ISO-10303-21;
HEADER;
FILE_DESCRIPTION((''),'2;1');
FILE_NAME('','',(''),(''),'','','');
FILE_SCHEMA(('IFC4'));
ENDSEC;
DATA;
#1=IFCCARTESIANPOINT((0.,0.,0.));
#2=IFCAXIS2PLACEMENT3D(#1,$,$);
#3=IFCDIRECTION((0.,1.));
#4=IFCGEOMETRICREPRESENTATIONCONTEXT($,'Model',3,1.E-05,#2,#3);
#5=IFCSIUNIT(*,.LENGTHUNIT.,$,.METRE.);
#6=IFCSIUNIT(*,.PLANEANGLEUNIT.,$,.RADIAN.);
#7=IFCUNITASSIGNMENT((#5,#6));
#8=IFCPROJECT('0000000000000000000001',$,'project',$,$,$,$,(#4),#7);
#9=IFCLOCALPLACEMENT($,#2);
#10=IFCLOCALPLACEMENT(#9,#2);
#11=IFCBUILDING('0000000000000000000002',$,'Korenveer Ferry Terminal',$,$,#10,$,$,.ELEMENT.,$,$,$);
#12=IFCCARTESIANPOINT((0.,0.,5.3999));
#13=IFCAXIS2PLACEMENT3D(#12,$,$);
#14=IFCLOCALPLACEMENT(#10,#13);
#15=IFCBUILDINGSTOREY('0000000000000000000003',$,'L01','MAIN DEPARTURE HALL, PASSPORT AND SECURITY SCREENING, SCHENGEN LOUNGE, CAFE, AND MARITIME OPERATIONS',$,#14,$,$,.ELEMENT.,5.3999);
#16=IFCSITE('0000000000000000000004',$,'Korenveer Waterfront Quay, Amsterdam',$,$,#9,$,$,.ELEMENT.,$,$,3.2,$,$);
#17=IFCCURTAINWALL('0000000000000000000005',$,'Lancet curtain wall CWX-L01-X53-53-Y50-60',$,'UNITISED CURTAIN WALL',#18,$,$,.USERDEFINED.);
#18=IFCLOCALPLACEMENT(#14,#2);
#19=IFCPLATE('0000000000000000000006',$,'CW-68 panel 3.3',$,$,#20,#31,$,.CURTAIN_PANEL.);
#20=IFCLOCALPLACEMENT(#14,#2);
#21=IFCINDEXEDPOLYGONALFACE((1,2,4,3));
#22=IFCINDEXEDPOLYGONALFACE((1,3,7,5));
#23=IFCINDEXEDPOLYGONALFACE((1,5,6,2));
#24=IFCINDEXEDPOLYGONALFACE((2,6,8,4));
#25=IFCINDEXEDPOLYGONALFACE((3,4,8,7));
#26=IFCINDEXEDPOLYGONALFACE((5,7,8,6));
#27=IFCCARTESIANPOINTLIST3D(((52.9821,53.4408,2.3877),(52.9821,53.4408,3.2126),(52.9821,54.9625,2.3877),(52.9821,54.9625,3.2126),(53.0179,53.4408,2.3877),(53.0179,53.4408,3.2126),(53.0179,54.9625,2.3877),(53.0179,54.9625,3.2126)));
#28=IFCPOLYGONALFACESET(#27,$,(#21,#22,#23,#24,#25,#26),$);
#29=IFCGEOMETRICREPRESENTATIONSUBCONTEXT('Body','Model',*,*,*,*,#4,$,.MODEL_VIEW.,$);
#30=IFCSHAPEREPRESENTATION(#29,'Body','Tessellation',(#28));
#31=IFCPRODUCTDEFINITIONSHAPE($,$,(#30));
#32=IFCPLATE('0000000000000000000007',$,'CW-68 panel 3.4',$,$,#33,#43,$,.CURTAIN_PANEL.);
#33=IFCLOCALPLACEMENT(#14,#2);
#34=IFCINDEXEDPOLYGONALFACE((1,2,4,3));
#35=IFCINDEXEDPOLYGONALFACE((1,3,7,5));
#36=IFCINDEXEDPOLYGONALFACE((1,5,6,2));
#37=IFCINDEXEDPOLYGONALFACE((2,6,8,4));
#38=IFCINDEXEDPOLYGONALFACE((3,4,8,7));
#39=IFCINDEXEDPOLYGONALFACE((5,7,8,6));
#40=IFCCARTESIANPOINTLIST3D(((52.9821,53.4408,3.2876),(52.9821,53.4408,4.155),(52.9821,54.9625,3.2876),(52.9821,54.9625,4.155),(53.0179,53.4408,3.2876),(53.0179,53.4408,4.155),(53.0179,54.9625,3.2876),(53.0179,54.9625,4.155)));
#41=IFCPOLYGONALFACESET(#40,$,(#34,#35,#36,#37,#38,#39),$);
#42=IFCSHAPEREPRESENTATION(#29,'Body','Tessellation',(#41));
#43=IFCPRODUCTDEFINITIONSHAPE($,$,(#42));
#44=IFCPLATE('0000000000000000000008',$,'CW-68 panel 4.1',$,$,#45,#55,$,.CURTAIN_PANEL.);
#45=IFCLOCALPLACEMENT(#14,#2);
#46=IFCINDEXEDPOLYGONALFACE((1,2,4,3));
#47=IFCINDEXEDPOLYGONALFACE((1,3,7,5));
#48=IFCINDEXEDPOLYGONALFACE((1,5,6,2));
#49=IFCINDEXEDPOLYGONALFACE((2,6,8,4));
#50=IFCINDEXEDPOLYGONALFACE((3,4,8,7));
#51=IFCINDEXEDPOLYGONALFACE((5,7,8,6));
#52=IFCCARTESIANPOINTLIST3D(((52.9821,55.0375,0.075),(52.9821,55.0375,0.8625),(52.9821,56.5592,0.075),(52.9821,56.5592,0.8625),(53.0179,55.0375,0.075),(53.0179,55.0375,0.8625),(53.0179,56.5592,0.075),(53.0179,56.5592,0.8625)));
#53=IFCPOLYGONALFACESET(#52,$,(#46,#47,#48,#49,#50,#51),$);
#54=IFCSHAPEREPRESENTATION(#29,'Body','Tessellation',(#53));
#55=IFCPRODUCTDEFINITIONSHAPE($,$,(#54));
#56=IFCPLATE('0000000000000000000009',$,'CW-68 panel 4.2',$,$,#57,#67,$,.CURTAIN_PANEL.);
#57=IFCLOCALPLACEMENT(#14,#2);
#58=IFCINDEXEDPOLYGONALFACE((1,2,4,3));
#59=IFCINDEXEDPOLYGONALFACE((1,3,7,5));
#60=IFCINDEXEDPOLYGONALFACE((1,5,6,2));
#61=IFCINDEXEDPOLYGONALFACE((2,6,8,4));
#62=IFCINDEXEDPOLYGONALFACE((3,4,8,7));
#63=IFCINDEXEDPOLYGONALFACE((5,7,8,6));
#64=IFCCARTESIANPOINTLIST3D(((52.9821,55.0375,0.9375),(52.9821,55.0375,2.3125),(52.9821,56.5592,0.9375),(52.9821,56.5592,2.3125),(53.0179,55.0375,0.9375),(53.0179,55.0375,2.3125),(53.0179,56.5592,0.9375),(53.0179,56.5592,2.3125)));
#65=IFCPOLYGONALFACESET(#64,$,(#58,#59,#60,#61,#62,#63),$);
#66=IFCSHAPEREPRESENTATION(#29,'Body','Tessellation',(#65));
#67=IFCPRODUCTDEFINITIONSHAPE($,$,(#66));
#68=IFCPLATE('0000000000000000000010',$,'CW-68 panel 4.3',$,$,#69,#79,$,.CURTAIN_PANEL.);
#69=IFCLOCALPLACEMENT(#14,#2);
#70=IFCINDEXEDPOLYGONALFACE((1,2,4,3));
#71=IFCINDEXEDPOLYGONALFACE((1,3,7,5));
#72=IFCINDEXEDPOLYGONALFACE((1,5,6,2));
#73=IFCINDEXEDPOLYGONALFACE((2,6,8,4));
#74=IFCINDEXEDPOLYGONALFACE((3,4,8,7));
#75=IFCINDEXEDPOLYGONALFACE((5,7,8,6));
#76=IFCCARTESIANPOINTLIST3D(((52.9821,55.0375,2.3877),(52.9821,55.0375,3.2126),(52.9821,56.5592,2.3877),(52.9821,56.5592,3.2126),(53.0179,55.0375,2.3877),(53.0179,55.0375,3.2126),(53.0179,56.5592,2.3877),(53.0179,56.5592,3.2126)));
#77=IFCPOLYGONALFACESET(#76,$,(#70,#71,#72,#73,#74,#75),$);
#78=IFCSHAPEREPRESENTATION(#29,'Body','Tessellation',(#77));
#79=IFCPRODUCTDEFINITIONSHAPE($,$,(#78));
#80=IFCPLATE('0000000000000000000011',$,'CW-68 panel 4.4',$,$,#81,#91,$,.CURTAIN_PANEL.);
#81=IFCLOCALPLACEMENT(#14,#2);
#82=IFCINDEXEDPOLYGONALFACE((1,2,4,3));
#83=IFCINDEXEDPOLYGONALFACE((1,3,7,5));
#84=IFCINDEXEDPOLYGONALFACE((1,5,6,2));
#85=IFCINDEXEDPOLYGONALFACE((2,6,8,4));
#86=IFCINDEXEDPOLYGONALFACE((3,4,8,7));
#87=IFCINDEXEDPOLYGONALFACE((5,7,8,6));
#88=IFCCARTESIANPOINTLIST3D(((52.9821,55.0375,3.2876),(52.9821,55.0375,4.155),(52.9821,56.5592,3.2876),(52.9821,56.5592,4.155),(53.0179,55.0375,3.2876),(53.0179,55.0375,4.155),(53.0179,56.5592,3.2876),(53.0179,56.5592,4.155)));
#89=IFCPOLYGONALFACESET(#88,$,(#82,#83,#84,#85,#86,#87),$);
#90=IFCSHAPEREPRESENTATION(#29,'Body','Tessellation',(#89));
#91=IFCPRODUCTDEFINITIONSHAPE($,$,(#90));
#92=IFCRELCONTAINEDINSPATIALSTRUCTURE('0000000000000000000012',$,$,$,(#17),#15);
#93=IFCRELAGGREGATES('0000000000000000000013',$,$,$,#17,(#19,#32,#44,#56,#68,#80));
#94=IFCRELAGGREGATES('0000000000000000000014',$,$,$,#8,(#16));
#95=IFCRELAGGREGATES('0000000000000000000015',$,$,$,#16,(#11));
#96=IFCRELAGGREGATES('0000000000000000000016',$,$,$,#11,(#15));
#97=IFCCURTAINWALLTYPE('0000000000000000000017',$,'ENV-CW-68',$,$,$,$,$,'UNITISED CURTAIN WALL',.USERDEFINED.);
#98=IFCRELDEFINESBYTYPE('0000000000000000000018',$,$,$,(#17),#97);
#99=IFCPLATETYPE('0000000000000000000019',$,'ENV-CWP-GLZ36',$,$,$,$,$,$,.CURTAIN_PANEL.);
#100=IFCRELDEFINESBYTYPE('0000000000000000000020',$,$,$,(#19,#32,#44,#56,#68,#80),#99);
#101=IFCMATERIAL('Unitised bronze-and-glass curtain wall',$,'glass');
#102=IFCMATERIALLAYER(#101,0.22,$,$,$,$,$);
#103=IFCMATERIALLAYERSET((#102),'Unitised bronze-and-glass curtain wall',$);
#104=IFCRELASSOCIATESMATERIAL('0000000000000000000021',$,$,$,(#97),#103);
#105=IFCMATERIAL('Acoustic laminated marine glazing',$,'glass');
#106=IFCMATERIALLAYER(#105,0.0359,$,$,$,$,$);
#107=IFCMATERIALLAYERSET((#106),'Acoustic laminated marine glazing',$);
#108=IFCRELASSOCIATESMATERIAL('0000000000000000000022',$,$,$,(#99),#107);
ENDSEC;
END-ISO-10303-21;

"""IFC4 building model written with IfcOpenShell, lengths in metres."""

from ifc_helpers import new_model, si_unit, direction, frame, origin, origin_2d, place, context, subcontext, project, spatial, rectangle, extrude, material, layer, layer_set, type_object, element, aggregate, save


model = new_model("IFC4")

# Units and contexts
model_context = context("Model", 3, precision=1e-05, world=origin(), true_north=direction((0.0, 1.0)))
body_context = subcontext(model_context, "Body", "Model", "MODEL_VIEW")
ifc_project = project(units=[si_unit("LENGTHUNIT", "METRE"), si_unit("PLANEANGLEUNIT", "RADIAN")], contexts=[model_context])

# Site, building, storey
site_placement = place(None, origin())
site = spatial("IfcSite", under=ifc_project, at=site_placement, Name="Korenveer Waterfront Quay, Amsterdam", CompositionType="ELEMENT", RefElevation=3.2)
building_placement = place(site_placement, origin())
building = spatial("IfcBuilding", under=site, at=building_placement, Name="Korenveer Ferry Terminal", CompositionType="ELEMENT")
storey_placement = place(building_placement, frame((0.0, 0.0, 5.3999)))
storey = spatial("IfcBuildingStorey", under=building, at=storey_placement, Name="L01", Description="MAIN DEPARTURE HALL, PASSPORT AND SECURITY SCREENING, SCHENGEN LOUNGE, CAFE, AND MARITIME OPERATIONS", CompositionType="ELEMENT", Elevation=5.3999)

# Curtain wall, plates
ifc_material_1 = material(Name="Unitised bronze-and-glass curtain wall", Category="glass")
ifc_layer_1 = layer(ifc_material_1, 0.22)
ifc_layer_set_1 = layer_set([ifc_layer_1], Name="Unitised bronze-and-glass curtain wall")
curtain_wall_type = type_object("IfcCurtainWallType", Name="ENV-CW-68", ElementType="UNITISED CURTAIN WALL", PredefinedType="USERDEFINED", material=ifc_layer_set_1)
curtain_wall_placement = place(storey_placement, frame((53.0, 50.21, 0.0)))
curtain_wall = element("IfcCurtainWall", 1, at=curtain_wall_placement, inside=storey, type_object=curtain_wall_type, Name="Lancet curtain wall CWX-L01-X53-53-Y50-60", ObjectType="UNITISED CURTAIN WALL", PredefinedType="USERDEFINED")
ifc_material_2 = material(Name="Acoustic laminated marine glazing", Category="glass")
ifc_layer_2 = layer(ifc_material_2, 0.0359)
ifc_layer_set_2 = layer_set([ifc_layer_2], Name="Acoustic laminated marine glazing")
plate_type = type_object("IfcPlateType", Name="ENV-CWP-GLZ36", PredefinedType="CURTAIN_PANEL", material=ifc_layer_set_2)
plate_1_placement = place(storey_placement, frame((53.0, 54.2017, 2.3877), z_axis=(0.0, 0.0, 1.0), x_axis=(0.0, 1.0, 0.0)))
plate_1 = element("IfcPlate", 2, at=plate_1_placement, type_object=plate_type, Name="CW-68 panel 3.3", PredefinedType="CURTAIN_PANEL", context=body_context, shape_type="SweptSolid", body=[
    extrude(rectangle(XDim=1.5217, YDim=0.0359, at=origin_2d()), origin(), (0.0, 0.0, 1.0), 0.825),
])
plate_2_placement = place(storey_placement, frame((53.0, 54.2017, 3.2876), z_axis=(0.0, 0.0, 1.0), x_axis=(0.0, 1.0, 0.0)))
plate_2 = element("IfcPlate", 3, at=plate_2_placement, type_object=plate_type, Name="CW-68 panel 3.4", PredefinedType="CURTAIN_PANEL", context=body_context, shape_type="SweptSolid", body=[
    extrude(rectangle(XDim=1.5217, YDim=0.0359, at=origin_2d()), origin(), (0.0, 0.0, 1.0), 0.8674),
])
plate_3_placement = place(storey_placement, frame((53.0, 55.7983, 0.075), z_axis=(0.0, 0.0, 1.0), x_axis=(0.0, 1.0, 0.0)))
plate_3 = element("IfcPlate", 4, at=plate_3_placement, type_object=plate_type, Name="CW-68 panel 4.1", PredefinedType="CURTAIN_PANEL", context=body_context, shape_type="SweptSolid", body=[
    extrude(rectangle(XDim=1.5217, YDim=0.0359, at=origin_2d()), origin(), (0.0, 0.0, 1.0), 0.7876),
])
plate_4_placement = place(storey_placement, frame((53.0, 55.7983, 0.9375), z_axis=(0.0, 0.0, 1.0), x_axis=(0.0, 1.0, 0.0)))
plate_4 = element("IfcPlate", 5, at=plate_4_placement, type_object=plate_type, Name="CW-68 panel 4.2", PredefinedType="CURTAIN_PANEL", context=body_context, shape_type="SweptSolid", body=[
    extrude(rectangle(XDim=1.5217, YDim=0.0359, at=origin_2d()), origin(), (0.0, 0.0, 1.0), 1.375),
])
plate_5_placement = place(storey_placement, frame((53.0, 55.7983, 2.3877), z_axis=(0.0, 0.0, 1.0), x_axis=(0.0, 1.0, 0.0)))
plate_5 = element("IfcPlate", 6, at=plate_5_placement, type_object=plate_type, Name="CW-68 panel 4.3", PredefinedType="CURTAIN_PANEL", context=body_context, shape_type="SweptSolid", body=[
    extrude(rectangle(XDim=1.5217, YDim=0.0359, at=origin_2d()), origin(), (0.0, 0.0, 1.0), 0.825),
])
plate_6_placement = place(storey_placement, frame((53.0, 55.7983, 3.2876), z_axis=(0.0, 0.0, 1.0), x_axis=(0.0, 1.0, 0.0)))
plate_6 = element("IfcPlate", 7, at=plate_6_placement, type_object=plate_type, Name="CW-68 panel 4.4", PredefinedType="CURTAIN_PANEL", context=body_context, shape_type="SweptSolid", body=[
    extrude(rectangle(XDim=1.5217, YDim=0.0359, at=origin_2d()), origin(), (0.0, 0.0, 1.0), 0.8674),
])
aggregate(curtain_wall, [plate_1, plate_2, plate_3, plate_4, plate_5, plate_6])

save(model, "model.ifc")
